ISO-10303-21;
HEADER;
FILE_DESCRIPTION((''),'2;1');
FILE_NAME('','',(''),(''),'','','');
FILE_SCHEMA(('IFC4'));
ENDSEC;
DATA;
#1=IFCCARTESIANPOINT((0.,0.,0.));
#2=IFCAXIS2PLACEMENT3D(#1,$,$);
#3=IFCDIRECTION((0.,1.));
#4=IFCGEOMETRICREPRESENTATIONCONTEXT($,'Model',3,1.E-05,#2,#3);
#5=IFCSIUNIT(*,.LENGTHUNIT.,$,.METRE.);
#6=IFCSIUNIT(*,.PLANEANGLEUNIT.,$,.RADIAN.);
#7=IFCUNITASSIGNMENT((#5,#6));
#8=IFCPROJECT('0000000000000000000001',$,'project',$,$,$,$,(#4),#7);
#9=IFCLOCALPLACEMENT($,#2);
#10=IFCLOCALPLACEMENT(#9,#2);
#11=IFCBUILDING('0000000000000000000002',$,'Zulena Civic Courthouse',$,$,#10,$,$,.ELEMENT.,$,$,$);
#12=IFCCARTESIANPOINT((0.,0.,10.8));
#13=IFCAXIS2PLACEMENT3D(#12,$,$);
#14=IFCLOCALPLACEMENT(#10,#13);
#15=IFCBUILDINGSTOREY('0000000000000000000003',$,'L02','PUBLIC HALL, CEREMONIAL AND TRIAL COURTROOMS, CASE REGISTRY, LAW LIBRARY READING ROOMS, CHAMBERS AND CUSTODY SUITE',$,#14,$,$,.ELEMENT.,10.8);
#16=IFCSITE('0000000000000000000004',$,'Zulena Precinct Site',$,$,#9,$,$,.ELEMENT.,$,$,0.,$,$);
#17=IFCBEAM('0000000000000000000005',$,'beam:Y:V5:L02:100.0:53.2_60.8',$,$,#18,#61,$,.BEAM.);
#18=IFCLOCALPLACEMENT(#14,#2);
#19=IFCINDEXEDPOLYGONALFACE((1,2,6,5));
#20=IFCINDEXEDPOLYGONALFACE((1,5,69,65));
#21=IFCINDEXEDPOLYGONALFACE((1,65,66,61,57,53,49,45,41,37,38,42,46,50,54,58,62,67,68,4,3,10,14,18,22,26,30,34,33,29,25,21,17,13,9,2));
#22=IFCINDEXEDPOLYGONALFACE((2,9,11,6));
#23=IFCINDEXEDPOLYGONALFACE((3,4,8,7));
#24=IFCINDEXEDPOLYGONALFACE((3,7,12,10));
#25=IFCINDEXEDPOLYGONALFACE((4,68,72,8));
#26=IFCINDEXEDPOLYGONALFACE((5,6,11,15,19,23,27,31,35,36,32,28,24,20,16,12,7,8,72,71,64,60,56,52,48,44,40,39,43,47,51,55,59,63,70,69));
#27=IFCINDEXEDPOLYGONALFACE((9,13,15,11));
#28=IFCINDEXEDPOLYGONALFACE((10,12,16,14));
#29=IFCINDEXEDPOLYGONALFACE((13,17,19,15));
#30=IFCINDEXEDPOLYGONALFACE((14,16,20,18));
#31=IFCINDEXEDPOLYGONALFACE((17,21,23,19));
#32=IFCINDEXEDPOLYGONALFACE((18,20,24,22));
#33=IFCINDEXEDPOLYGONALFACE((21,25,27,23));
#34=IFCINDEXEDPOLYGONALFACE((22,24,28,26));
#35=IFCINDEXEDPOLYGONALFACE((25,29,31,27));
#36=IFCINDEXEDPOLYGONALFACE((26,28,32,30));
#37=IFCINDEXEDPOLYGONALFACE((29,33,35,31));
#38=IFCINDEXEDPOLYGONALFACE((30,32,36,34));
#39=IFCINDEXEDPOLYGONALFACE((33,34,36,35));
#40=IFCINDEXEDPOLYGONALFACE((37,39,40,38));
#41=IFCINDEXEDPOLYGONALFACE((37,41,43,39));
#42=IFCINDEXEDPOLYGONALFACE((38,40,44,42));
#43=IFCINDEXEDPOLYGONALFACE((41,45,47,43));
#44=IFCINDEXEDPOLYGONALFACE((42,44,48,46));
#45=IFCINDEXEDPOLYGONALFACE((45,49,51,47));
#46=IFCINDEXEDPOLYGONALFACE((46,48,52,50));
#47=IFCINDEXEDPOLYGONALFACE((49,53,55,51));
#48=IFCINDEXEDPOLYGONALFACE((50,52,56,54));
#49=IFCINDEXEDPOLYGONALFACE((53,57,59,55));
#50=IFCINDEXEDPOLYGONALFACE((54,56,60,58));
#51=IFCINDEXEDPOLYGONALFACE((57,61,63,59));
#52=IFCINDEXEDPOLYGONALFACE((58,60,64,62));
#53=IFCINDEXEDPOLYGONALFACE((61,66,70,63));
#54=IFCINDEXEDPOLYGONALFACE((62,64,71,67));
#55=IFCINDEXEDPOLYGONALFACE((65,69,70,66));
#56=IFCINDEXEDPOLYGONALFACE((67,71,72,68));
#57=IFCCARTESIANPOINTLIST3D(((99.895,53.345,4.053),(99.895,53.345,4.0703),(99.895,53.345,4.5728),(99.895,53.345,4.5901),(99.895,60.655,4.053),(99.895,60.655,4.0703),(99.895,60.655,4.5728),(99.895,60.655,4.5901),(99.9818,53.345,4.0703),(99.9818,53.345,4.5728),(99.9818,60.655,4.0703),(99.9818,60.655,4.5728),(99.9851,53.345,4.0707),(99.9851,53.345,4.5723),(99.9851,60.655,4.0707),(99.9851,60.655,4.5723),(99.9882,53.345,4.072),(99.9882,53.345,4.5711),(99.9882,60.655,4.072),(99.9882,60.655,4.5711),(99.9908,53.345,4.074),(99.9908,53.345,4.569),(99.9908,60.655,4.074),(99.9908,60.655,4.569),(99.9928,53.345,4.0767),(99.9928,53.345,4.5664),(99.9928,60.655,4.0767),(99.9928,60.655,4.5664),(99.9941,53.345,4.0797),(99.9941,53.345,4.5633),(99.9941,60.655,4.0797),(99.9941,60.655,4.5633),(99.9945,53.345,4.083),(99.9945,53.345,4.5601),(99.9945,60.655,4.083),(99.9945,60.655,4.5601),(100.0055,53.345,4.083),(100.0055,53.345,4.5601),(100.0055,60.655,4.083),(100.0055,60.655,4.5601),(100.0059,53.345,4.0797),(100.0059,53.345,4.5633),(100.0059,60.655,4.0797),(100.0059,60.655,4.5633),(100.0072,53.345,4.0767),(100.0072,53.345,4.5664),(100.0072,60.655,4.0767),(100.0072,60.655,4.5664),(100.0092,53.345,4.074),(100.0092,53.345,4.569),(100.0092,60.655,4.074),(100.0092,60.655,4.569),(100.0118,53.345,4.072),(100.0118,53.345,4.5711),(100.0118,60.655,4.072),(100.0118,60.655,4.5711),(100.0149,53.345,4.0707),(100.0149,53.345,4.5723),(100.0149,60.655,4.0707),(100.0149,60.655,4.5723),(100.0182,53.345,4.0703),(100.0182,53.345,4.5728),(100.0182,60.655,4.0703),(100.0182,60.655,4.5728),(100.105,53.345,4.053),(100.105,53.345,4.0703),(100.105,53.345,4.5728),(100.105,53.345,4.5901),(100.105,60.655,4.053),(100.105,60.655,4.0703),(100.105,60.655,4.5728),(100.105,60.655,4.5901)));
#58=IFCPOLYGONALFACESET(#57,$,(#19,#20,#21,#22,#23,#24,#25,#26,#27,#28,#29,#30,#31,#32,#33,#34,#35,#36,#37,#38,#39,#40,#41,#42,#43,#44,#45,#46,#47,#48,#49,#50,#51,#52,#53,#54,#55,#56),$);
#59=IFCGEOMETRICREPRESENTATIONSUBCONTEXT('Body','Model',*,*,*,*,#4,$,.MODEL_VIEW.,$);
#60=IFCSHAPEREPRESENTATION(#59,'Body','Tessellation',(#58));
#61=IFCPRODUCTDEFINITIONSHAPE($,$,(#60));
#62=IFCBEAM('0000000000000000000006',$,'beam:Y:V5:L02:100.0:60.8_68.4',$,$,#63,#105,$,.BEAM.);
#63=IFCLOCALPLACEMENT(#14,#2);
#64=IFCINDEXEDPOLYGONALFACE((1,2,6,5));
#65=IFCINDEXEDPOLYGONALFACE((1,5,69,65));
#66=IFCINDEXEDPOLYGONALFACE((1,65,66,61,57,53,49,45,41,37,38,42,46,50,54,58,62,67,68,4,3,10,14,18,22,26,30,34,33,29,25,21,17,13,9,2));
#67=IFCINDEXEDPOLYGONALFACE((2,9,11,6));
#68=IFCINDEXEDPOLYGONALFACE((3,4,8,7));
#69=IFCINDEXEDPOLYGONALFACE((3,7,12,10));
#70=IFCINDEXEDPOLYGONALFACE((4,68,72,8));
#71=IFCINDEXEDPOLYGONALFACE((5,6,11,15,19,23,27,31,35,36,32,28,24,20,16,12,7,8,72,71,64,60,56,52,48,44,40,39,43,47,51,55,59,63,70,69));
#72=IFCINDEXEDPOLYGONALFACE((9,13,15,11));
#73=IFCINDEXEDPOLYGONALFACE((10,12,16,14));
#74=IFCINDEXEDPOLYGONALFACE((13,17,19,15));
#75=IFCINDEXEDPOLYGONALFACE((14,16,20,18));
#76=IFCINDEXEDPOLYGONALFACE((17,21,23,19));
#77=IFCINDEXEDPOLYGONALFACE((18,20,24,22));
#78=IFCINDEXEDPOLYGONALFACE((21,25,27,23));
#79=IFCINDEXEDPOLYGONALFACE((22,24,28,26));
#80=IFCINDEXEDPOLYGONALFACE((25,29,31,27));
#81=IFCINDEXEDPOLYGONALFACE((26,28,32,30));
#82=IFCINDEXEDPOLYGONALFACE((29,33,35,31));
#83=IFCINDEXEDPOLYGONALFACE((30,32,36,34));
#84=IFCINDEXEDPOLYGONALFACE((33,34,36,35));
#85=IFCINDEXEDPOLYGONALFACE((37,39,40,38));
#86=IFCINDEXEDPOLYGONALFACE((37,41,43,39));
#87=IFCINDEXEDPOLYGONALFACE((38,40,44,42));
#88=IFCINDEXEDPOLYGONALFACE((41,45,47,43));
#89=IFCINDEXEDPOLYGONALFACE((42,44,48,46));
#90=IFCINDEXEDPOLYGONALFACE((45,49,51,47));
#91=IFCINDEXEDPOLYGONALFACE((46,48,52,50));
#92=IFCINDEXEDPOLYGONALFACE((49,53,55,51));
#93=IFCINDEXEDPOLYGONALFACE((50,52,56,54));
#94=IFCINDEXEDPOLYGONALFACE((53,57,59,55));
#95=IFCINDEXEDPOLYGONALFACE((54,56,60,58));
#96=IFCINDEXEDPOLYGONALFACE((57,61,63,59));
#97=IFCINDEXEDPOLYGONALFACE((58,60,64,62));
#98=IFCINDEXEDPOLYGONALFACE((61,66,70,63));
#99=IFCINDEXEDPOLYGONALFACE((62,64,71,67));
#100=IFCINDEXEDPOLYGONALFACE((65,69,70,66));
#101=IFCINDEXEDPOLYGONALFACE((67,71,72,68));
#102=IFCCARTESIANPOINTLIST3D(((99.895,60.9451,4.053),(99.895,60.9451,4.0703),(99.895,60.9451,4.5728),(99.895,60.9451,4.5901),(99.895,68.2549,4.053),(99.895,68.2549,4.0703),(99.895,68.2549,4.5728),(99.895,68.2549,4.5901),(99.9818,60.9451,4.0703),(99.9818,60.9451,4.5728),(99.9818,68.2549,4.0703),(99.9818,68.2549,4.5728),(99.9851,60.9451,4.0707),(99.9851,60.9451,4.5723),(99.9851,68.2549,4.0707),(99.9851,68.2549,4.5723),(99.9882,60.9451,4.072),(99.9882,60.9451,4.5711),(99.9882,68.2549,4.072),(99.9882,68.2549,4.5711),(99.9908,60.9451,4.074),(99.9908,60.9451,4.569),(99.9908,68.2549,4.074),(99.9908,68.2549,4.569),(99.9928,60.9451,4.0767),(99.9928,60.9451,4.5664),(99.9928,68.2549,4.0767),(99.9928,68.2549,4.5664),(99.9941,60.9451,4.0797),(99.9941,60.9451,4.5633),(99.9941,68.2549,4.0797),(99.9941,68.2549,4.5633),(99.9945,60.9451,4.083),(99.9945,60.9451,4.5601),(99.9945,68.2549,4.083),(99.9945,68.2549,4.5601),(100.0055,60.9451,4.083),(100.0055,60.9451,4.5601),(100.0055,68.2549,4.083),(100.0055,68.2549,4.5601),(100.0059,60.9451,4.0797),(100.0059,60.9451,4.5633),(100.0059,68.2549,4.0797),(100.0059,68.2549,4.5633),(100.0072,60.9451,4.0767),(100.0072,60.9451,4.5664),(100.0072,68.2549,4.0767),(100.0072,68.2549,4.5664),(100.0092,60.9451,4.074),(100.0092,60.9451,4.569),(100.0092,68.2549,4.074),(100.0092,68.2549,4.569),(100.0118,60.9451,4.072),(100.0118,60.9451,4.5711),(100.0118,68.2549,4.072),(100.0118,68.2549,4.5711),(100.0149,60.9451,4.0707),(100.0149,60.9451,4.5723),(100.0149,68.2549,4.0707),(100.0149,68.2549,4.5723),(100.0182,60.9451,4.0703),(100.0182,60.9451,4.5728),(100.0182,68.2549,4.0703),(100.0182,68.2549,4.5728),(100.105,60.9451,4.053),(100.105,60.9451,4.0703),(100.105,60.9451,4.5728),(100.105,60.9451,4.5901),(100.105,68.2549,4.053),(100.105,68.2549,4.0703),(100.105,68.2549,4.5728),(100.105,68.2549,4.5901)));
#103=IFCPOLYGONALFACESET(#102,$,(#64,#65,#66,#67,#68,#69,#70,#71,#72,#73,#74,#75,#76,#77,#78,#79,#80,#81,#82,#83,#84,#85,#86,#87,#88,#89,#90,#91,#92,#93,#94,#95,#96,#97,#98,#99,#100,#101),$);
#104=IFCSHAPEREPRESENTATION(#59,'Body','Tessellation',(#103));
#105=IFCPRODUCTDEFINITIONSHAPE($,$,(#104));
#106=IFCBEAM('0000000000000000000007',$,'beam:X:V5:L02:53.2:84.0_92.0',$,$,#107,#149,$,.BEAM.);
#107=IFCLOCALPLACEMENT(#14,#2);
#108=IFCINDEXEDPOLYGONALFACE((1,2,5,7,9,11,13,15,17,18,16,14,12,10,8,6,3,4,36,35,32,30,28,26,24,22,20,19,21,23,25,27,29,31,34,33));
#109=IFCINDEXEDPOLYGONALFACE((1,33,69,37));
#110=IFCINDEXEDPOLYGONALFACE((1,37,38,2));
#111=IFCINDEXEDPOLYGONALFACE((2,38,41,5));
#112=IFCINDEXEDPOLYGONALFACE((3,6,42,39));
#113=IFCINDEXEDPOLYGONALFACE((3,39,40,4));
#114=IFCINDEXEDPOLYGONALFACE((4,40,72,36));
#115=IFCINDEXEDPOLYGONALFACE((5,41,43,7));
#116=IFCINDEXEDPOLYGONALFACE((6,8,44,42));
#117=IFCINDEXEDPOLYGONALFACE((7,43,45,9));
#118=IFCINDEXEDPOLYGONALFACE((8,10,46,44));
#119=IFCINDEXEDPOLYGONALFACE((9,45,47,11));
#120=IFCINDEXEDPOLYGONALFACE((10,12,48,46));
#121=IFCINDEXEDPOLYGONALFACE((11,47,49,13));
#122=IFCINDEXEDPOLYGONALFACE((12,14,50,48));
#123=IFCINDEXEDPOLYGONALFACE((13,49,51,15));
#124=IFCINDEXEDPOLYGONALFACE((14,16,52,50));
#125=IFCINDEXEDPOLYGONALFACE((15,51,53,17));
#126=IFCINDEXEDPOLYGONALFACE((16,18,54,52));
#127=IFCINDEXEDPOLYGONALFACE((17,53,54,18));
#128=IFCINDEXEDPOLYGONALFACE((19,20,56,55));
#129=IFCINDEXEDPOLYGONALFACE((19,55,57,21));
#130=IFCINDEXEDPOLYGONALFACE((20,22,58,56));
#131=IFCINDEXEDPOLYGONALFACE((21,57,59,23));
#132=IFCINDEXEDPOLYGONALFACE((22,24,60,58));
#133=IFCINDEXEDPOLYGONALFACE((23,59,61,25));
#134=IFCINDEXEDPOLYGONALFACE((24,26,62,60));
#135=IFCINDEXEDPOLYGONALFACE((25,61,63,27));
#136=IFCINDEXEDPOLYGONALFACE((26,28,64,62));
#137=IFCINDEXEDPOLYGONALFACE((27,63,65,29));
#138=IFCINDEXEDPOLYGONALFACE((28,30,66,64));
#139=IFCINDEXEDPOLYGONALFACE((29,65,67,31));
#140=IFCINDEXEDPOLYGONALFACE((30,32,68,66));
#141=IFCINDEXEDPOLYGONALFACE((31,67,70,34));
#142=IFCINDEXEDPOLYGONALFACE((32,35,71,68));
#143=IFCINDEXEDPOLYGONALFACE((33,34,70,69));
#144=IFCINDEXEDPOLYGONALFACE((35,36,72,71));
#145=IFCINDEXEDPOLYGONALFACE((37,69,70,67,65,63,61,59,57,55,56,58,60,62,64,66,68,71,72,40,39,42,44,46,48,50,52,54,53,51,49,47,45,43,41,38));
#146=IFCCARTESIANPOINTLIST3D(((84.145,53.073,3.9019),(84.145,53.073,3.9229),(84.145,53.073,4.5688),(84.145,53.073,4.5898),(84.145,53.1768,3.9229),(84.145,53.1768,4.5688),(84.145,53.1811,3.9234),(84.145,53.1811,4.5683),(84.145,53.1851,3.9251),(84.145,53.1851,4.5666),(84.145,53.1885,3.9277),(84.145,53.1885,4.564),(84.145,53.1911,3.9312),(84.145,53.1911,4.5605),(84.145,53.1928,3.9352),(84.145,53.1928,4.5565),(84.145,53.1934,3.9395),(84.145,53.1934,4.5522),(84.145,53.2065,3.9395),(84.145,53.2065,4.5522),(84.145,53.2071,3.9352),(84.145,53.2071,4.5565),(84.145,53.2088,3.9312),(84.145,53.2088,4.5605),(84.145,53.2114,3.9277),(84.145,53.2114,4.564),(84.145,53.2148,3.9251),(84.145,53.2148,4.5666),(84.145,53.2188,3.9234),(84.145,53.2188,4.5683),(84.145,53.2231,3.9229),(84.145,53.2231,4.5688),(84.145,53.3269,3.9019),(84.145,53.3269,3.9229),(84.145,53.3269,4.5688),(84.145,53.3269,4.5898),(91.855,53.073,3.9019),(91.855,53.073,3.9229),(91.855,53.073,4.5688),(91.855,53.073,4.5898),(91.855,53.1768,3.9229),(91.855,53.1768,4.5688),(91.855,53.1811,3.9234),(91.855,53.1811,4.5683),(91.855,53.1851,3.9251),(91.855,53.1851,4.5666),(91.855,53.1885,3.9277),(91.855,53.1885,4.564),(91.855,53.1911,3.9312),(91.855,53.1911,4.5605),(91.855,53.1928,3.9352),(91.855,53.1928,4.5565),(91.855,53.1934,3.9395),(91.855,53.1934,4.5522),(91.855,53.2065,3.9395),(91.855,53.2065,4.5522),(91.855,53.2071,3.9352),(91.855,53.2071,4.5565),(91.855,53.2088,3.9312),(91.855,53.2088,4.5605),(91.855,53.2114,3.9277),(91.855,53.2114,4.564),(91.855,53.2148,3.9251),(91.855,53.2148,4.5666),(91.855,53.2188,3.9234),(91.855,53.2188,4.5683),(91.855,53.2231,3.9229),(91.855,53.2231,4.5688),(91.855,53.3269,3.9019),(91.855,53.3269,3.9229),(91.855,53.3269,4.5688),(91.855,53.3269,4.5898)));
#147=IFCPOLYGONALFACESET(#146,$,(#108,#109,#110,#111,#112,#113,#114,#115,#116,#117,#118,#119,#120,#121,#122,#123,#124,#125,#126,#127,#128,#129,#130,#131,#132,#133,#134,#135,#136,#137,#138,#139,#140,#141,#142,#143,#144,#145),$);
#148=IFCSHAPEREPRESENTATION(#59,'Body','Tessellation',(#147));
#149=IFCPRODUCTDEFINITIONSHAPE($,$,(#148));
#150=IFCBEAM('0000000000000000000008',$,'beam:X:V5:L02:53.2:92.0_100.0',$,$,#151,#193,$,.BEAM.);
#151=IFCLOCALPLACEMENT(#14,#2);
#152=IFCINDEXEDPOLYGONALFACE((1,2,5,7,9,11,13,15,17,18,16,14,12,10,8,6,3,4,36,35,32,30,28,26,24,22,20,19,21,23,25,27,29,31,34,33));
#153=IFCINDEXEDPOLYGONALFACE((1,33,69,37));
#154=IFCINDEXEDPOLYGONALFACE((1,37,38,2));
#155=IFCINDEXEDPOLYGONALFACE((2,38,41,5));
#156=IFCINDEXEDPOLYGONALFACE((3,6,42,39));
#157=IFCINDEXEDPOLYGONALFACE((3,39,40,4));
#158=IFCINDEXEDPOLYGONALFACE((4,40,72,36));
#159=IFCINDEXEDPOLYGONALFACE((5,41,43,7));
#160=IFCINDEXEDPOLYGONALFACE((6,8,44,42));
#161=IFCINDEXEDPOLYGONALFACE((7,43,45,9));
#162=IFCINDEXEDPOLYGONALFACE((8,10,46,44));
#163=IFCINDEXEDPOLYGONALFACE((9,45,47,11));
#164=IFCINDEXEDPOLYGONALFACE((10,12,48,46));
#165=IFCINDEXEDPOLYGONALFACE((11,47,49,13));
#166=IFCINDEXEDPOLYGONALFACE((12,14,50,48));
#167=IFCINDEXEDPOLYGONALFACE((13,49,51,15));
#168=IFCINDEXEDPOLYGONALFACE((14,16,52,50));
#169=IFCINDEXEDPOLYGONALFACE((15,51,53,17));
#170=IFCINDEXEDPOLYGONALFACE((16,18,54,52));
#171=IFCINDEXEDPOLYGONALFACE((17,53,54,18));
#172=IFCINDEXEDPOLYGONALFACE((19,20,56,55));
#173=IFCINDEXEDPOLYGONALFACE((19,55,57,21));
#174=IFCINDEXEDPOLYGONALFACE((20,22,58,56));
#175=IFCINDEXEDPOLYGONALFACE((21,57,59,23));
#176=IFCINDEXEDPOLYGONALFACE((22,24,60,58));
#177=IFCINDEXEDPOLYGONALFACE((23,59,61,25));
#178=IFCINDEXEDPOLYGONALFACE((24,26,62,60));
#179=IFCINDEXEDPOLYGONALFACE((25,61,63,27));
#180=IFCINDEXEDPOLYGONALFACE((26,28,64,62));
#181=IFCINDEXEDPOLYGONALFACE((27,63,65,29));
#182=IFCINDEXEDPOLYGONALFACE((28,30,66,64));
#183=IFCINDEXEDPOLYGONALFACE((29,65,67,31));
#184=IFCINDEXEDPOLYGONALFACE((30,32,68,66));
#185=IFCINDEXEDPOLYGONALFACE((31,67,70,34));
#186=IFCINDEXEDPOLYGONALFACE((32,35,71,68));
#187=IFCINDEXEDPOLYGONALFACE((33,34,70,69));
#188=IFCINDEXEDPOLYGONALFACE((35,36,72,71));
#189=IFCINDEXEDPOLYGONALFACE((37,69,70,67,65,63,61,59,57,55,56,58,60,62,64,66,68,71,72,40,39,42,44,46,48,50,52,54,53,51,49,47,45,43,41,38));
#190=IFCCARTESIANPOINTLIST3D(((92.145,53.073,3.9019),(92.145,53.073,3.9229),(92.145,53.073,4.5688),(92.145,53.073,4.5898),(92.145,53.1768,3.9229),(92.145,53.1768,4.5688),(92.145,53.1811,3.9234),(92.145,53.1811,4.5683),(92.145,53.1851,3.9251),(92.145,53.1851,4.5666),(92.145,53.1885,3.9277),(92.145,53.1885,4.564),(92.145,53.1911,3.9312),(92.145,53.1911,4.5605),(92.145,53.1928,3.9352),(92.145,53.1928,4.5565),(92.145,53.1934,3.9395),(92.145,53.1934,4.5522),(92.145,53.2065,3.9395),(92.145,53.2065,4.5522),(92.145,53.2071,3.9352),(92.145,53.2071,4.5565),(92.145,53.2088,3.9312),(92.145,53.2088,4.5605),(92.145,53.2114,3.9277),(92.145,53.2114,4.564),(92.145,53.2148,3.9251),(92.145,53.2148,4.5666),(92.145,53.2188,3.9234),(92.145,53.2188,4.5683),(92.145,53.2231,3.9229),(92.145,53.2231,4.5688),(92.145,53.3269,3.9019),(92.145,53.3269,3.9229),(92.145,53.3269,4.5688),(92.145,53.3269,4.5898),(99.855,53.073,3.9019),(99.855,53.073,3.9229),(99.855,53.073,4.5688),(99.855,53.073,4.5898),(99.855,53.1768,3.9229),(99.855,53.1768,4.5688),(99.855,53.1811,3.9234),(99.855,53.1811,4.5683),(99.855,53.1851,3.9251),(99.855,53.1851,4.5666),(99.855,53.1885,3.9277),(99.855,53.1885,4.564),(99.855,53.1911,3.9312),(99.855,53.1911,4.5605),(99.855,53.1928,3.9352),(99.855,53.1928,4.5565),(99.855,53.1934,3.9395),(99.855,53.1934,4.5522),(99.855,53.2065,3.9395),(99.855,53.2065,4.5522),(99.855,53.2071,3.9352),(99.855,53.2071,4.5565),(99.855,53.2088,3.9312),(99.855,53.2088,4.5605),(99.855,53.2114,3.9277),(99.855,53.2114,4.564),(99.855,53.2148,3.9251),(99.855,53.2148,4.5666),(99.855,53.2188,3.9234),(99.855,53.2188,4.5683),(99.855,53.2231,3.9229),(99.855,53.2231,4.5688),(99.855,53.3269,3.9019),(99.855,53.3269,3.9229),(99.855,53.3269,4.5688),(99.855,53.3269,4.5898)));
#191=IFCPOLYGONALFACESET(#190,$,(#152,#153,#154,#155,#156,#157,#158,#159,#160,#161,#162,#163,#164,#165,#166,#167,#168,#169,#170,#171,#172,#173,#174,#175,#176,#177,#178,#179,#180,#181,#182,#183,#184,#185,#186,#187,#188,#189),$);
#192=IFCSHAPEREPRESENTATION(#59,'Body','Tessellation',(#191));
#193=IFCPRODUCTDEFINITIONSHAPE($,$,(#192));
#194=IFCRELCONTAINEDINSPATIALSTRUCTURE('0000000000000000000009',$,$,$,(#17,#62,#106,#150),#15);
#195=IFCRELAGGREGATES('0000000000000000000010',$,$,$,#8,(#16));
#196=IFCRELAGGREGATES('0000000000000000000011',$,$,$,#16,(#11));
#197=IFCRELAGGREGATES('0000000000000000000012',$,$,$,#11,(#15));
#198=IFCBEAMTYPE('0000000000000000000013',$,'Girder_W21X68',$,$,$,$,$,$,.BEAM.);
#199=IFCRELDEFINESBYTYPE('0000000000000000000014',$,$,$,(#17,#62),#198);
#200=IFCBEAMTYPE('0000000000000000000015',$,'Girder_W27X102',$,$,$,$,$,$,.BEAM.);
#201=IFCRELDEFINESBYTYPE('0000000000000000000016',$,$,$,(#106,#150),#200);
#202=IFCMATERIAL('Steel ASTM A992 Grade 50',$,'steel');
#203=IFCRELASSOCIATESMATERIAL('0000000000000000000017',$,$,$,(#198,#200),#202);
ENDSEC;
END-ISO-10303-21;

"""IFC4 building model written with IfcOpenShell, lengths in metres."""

from ifc_helpers import new_model, si_unit, direction, frame, origin, origin_2d, place, context, subcontext, project, spatial, i_section, extrude, material, material_profile, profile_set, type_object, element, save


model = new_model("IFC4")

# Units and contexts
model_context = context("Model", 3, precision=1e-05, world=origin(), true_north=direction((0.0, 1.0)))
body_context = subcontext(model_context, "Body", "Model", "MODEL_VIEW")
ifc_project = project(units=[si_unit("LENGTHUNIT", "METRE"), si_unit("PLANEANGLEUNIT", "RADIAN")], contexts=[model_context])

# Site, building, storey
site_placement = place(None, origin())
site = spatial("IfcSite", under=ifc_project, at=site_placement, Name="Zulena Precinct Site", CompositionType="ELEMENT", RefElevation=0.0)
building_placement = place(site_placement, origin())
building = spatial("IfcBuilding", under=site, at=building_placement, Name="Zulena Civic Courthouse", CompositionType="ELEMENT")
storey_placement = place(building_placement, frame((0.0, 0.0, 10.8)))
storey = spatial("IfcBuildingStorey", under=building, at=storey_placement, Name="L02", Description="PUBLIC HALL, CEREMONIAL AND TRIAL COURTROOMS, CASE REGISTRY, LAW LIBRARY READING ROOMS, CHAMBERS AND CUSTODY SUITE", CompositionType="ELEMENT", Elevation=10.8)

# Shared definitions
ifc_material_1 = material(Name="Steel ASTM A992 Grade 50", Category="steel")

# Beams
ifc_material_profile_1 = material_profile(ifc_material_1, i_section(OverallWidth=0.21, OverallDepth=0.5371, WebThickness=0.011, FlangeThickness=0.0173, FilletRadius=0.0127, at=origin_2d()), Name="W21X68")
ifc_profile_set_1 = profile_set([ifc_material_profile_1], Name="Steel ASTM A992 Grade 50")
beam_type_1 = type_object("IfcBeamType", Name="Girder_W21X68", PredefinedType="BEAM", material=ifc_profile_set_1)
beam_1_placement = place(storey_placement, frame((100.0, 53.345, 4.3215), z_axis=(0.0, 1.0, 0.0), x_axis=(-1.0, 0.0, 0.0)))
element("IfcBeam", 1, at=beam_1_placement, inside=storey, type_object=beam_type_1, Name="beam:Y:V5:L02:100.0:53.2_60.8", PredefinedType="BEAM", context=body_context, shape_type="SweptSolid", body=[
    extrude(i_section(OverallWidth=0.21, OverallDepth=0.5371, WebThickness=0.011, FlangeThickness=0.0173, FilletRadius=0.0127, at=origin_2d()), origin(), (0.0, 0.0, 1.0), 7.3101),
])
beam_2_placement = place(storey_placement, frame((100.0, 60.9451, 4.3215), z_axis=(0.0, 1.0, 0.0), x_axis=(-1.0, 0.0, 0.0)))
element("IfcBeam", 2, at=beam_2_placement, inside=storey, type_object=beam_type_1, Name="beam:Y:V5:L02:100.0:60.8_68.4", PredefinedType="BEAM", context=body_context, shape_type="SweptSolid", body=[
    extrude(i_section(OverallWidth=0.21, OverallDepth=0.5371, WebThickness=0.011, FlangeThickness=0.0173, FilletRadius=0.0127, at=origin_2d()), origin(), (0.0, 0.0, 1.0), 7.3098),
])
ifc_material_profile_2 = material_profile(ifc_material_1, i_section(OverallWidth=0.2539, OverallDepth=0.688, WebThickness=0.0132, FlangeThickness=0.021, FilletRadius=0.0166, at=origin_2d()), Name="W27X102")
ifc_profile_set_2 = profile_set([ifc_material_profile_2], Name="Steel ASTM A992 Grade 50")
beam_type_2 = type_object("IfcBeamType", Name="Girder_W27X102", PredefinedType="BEAM", material=ifc_profile_set_2)
for number, where, z_axis, x_axis, name in (
    (3, (84.145, 53.2, 4.2458), (1.0, 0.0, 0.0), (0.0, 1.0, 0.0), "beam:X:V5:L02:53.2:84.0_92.0"),
    (4, (92.145, 53.2, 4.2458), (1.0, 0.0, 0.0), (0.0, 1.0, 0.0), "beam:X:V5:L02:53.2:92.0_100.0"),
):
    element("IfcBeam", number, at=place(storey_placement, frame(where, z_axis=z_axis, x_axis=x_axis)), inside=storey, type_object=beam_type_2, Name=name, PredefinedType="BEAM", context=body_context, shape_type="SweptSolid", body=[
        extrude(i_section(OverallWidth=0.2539, OverallDepth=0.688, WebThickness=0.0132, FlangeThickness=0.021, FilletRadius=0.0166, at=origin_2d()), origin(), (0.0, 0.0, 1.0), 7.71),
    ])

save(model, "model.ifc")
